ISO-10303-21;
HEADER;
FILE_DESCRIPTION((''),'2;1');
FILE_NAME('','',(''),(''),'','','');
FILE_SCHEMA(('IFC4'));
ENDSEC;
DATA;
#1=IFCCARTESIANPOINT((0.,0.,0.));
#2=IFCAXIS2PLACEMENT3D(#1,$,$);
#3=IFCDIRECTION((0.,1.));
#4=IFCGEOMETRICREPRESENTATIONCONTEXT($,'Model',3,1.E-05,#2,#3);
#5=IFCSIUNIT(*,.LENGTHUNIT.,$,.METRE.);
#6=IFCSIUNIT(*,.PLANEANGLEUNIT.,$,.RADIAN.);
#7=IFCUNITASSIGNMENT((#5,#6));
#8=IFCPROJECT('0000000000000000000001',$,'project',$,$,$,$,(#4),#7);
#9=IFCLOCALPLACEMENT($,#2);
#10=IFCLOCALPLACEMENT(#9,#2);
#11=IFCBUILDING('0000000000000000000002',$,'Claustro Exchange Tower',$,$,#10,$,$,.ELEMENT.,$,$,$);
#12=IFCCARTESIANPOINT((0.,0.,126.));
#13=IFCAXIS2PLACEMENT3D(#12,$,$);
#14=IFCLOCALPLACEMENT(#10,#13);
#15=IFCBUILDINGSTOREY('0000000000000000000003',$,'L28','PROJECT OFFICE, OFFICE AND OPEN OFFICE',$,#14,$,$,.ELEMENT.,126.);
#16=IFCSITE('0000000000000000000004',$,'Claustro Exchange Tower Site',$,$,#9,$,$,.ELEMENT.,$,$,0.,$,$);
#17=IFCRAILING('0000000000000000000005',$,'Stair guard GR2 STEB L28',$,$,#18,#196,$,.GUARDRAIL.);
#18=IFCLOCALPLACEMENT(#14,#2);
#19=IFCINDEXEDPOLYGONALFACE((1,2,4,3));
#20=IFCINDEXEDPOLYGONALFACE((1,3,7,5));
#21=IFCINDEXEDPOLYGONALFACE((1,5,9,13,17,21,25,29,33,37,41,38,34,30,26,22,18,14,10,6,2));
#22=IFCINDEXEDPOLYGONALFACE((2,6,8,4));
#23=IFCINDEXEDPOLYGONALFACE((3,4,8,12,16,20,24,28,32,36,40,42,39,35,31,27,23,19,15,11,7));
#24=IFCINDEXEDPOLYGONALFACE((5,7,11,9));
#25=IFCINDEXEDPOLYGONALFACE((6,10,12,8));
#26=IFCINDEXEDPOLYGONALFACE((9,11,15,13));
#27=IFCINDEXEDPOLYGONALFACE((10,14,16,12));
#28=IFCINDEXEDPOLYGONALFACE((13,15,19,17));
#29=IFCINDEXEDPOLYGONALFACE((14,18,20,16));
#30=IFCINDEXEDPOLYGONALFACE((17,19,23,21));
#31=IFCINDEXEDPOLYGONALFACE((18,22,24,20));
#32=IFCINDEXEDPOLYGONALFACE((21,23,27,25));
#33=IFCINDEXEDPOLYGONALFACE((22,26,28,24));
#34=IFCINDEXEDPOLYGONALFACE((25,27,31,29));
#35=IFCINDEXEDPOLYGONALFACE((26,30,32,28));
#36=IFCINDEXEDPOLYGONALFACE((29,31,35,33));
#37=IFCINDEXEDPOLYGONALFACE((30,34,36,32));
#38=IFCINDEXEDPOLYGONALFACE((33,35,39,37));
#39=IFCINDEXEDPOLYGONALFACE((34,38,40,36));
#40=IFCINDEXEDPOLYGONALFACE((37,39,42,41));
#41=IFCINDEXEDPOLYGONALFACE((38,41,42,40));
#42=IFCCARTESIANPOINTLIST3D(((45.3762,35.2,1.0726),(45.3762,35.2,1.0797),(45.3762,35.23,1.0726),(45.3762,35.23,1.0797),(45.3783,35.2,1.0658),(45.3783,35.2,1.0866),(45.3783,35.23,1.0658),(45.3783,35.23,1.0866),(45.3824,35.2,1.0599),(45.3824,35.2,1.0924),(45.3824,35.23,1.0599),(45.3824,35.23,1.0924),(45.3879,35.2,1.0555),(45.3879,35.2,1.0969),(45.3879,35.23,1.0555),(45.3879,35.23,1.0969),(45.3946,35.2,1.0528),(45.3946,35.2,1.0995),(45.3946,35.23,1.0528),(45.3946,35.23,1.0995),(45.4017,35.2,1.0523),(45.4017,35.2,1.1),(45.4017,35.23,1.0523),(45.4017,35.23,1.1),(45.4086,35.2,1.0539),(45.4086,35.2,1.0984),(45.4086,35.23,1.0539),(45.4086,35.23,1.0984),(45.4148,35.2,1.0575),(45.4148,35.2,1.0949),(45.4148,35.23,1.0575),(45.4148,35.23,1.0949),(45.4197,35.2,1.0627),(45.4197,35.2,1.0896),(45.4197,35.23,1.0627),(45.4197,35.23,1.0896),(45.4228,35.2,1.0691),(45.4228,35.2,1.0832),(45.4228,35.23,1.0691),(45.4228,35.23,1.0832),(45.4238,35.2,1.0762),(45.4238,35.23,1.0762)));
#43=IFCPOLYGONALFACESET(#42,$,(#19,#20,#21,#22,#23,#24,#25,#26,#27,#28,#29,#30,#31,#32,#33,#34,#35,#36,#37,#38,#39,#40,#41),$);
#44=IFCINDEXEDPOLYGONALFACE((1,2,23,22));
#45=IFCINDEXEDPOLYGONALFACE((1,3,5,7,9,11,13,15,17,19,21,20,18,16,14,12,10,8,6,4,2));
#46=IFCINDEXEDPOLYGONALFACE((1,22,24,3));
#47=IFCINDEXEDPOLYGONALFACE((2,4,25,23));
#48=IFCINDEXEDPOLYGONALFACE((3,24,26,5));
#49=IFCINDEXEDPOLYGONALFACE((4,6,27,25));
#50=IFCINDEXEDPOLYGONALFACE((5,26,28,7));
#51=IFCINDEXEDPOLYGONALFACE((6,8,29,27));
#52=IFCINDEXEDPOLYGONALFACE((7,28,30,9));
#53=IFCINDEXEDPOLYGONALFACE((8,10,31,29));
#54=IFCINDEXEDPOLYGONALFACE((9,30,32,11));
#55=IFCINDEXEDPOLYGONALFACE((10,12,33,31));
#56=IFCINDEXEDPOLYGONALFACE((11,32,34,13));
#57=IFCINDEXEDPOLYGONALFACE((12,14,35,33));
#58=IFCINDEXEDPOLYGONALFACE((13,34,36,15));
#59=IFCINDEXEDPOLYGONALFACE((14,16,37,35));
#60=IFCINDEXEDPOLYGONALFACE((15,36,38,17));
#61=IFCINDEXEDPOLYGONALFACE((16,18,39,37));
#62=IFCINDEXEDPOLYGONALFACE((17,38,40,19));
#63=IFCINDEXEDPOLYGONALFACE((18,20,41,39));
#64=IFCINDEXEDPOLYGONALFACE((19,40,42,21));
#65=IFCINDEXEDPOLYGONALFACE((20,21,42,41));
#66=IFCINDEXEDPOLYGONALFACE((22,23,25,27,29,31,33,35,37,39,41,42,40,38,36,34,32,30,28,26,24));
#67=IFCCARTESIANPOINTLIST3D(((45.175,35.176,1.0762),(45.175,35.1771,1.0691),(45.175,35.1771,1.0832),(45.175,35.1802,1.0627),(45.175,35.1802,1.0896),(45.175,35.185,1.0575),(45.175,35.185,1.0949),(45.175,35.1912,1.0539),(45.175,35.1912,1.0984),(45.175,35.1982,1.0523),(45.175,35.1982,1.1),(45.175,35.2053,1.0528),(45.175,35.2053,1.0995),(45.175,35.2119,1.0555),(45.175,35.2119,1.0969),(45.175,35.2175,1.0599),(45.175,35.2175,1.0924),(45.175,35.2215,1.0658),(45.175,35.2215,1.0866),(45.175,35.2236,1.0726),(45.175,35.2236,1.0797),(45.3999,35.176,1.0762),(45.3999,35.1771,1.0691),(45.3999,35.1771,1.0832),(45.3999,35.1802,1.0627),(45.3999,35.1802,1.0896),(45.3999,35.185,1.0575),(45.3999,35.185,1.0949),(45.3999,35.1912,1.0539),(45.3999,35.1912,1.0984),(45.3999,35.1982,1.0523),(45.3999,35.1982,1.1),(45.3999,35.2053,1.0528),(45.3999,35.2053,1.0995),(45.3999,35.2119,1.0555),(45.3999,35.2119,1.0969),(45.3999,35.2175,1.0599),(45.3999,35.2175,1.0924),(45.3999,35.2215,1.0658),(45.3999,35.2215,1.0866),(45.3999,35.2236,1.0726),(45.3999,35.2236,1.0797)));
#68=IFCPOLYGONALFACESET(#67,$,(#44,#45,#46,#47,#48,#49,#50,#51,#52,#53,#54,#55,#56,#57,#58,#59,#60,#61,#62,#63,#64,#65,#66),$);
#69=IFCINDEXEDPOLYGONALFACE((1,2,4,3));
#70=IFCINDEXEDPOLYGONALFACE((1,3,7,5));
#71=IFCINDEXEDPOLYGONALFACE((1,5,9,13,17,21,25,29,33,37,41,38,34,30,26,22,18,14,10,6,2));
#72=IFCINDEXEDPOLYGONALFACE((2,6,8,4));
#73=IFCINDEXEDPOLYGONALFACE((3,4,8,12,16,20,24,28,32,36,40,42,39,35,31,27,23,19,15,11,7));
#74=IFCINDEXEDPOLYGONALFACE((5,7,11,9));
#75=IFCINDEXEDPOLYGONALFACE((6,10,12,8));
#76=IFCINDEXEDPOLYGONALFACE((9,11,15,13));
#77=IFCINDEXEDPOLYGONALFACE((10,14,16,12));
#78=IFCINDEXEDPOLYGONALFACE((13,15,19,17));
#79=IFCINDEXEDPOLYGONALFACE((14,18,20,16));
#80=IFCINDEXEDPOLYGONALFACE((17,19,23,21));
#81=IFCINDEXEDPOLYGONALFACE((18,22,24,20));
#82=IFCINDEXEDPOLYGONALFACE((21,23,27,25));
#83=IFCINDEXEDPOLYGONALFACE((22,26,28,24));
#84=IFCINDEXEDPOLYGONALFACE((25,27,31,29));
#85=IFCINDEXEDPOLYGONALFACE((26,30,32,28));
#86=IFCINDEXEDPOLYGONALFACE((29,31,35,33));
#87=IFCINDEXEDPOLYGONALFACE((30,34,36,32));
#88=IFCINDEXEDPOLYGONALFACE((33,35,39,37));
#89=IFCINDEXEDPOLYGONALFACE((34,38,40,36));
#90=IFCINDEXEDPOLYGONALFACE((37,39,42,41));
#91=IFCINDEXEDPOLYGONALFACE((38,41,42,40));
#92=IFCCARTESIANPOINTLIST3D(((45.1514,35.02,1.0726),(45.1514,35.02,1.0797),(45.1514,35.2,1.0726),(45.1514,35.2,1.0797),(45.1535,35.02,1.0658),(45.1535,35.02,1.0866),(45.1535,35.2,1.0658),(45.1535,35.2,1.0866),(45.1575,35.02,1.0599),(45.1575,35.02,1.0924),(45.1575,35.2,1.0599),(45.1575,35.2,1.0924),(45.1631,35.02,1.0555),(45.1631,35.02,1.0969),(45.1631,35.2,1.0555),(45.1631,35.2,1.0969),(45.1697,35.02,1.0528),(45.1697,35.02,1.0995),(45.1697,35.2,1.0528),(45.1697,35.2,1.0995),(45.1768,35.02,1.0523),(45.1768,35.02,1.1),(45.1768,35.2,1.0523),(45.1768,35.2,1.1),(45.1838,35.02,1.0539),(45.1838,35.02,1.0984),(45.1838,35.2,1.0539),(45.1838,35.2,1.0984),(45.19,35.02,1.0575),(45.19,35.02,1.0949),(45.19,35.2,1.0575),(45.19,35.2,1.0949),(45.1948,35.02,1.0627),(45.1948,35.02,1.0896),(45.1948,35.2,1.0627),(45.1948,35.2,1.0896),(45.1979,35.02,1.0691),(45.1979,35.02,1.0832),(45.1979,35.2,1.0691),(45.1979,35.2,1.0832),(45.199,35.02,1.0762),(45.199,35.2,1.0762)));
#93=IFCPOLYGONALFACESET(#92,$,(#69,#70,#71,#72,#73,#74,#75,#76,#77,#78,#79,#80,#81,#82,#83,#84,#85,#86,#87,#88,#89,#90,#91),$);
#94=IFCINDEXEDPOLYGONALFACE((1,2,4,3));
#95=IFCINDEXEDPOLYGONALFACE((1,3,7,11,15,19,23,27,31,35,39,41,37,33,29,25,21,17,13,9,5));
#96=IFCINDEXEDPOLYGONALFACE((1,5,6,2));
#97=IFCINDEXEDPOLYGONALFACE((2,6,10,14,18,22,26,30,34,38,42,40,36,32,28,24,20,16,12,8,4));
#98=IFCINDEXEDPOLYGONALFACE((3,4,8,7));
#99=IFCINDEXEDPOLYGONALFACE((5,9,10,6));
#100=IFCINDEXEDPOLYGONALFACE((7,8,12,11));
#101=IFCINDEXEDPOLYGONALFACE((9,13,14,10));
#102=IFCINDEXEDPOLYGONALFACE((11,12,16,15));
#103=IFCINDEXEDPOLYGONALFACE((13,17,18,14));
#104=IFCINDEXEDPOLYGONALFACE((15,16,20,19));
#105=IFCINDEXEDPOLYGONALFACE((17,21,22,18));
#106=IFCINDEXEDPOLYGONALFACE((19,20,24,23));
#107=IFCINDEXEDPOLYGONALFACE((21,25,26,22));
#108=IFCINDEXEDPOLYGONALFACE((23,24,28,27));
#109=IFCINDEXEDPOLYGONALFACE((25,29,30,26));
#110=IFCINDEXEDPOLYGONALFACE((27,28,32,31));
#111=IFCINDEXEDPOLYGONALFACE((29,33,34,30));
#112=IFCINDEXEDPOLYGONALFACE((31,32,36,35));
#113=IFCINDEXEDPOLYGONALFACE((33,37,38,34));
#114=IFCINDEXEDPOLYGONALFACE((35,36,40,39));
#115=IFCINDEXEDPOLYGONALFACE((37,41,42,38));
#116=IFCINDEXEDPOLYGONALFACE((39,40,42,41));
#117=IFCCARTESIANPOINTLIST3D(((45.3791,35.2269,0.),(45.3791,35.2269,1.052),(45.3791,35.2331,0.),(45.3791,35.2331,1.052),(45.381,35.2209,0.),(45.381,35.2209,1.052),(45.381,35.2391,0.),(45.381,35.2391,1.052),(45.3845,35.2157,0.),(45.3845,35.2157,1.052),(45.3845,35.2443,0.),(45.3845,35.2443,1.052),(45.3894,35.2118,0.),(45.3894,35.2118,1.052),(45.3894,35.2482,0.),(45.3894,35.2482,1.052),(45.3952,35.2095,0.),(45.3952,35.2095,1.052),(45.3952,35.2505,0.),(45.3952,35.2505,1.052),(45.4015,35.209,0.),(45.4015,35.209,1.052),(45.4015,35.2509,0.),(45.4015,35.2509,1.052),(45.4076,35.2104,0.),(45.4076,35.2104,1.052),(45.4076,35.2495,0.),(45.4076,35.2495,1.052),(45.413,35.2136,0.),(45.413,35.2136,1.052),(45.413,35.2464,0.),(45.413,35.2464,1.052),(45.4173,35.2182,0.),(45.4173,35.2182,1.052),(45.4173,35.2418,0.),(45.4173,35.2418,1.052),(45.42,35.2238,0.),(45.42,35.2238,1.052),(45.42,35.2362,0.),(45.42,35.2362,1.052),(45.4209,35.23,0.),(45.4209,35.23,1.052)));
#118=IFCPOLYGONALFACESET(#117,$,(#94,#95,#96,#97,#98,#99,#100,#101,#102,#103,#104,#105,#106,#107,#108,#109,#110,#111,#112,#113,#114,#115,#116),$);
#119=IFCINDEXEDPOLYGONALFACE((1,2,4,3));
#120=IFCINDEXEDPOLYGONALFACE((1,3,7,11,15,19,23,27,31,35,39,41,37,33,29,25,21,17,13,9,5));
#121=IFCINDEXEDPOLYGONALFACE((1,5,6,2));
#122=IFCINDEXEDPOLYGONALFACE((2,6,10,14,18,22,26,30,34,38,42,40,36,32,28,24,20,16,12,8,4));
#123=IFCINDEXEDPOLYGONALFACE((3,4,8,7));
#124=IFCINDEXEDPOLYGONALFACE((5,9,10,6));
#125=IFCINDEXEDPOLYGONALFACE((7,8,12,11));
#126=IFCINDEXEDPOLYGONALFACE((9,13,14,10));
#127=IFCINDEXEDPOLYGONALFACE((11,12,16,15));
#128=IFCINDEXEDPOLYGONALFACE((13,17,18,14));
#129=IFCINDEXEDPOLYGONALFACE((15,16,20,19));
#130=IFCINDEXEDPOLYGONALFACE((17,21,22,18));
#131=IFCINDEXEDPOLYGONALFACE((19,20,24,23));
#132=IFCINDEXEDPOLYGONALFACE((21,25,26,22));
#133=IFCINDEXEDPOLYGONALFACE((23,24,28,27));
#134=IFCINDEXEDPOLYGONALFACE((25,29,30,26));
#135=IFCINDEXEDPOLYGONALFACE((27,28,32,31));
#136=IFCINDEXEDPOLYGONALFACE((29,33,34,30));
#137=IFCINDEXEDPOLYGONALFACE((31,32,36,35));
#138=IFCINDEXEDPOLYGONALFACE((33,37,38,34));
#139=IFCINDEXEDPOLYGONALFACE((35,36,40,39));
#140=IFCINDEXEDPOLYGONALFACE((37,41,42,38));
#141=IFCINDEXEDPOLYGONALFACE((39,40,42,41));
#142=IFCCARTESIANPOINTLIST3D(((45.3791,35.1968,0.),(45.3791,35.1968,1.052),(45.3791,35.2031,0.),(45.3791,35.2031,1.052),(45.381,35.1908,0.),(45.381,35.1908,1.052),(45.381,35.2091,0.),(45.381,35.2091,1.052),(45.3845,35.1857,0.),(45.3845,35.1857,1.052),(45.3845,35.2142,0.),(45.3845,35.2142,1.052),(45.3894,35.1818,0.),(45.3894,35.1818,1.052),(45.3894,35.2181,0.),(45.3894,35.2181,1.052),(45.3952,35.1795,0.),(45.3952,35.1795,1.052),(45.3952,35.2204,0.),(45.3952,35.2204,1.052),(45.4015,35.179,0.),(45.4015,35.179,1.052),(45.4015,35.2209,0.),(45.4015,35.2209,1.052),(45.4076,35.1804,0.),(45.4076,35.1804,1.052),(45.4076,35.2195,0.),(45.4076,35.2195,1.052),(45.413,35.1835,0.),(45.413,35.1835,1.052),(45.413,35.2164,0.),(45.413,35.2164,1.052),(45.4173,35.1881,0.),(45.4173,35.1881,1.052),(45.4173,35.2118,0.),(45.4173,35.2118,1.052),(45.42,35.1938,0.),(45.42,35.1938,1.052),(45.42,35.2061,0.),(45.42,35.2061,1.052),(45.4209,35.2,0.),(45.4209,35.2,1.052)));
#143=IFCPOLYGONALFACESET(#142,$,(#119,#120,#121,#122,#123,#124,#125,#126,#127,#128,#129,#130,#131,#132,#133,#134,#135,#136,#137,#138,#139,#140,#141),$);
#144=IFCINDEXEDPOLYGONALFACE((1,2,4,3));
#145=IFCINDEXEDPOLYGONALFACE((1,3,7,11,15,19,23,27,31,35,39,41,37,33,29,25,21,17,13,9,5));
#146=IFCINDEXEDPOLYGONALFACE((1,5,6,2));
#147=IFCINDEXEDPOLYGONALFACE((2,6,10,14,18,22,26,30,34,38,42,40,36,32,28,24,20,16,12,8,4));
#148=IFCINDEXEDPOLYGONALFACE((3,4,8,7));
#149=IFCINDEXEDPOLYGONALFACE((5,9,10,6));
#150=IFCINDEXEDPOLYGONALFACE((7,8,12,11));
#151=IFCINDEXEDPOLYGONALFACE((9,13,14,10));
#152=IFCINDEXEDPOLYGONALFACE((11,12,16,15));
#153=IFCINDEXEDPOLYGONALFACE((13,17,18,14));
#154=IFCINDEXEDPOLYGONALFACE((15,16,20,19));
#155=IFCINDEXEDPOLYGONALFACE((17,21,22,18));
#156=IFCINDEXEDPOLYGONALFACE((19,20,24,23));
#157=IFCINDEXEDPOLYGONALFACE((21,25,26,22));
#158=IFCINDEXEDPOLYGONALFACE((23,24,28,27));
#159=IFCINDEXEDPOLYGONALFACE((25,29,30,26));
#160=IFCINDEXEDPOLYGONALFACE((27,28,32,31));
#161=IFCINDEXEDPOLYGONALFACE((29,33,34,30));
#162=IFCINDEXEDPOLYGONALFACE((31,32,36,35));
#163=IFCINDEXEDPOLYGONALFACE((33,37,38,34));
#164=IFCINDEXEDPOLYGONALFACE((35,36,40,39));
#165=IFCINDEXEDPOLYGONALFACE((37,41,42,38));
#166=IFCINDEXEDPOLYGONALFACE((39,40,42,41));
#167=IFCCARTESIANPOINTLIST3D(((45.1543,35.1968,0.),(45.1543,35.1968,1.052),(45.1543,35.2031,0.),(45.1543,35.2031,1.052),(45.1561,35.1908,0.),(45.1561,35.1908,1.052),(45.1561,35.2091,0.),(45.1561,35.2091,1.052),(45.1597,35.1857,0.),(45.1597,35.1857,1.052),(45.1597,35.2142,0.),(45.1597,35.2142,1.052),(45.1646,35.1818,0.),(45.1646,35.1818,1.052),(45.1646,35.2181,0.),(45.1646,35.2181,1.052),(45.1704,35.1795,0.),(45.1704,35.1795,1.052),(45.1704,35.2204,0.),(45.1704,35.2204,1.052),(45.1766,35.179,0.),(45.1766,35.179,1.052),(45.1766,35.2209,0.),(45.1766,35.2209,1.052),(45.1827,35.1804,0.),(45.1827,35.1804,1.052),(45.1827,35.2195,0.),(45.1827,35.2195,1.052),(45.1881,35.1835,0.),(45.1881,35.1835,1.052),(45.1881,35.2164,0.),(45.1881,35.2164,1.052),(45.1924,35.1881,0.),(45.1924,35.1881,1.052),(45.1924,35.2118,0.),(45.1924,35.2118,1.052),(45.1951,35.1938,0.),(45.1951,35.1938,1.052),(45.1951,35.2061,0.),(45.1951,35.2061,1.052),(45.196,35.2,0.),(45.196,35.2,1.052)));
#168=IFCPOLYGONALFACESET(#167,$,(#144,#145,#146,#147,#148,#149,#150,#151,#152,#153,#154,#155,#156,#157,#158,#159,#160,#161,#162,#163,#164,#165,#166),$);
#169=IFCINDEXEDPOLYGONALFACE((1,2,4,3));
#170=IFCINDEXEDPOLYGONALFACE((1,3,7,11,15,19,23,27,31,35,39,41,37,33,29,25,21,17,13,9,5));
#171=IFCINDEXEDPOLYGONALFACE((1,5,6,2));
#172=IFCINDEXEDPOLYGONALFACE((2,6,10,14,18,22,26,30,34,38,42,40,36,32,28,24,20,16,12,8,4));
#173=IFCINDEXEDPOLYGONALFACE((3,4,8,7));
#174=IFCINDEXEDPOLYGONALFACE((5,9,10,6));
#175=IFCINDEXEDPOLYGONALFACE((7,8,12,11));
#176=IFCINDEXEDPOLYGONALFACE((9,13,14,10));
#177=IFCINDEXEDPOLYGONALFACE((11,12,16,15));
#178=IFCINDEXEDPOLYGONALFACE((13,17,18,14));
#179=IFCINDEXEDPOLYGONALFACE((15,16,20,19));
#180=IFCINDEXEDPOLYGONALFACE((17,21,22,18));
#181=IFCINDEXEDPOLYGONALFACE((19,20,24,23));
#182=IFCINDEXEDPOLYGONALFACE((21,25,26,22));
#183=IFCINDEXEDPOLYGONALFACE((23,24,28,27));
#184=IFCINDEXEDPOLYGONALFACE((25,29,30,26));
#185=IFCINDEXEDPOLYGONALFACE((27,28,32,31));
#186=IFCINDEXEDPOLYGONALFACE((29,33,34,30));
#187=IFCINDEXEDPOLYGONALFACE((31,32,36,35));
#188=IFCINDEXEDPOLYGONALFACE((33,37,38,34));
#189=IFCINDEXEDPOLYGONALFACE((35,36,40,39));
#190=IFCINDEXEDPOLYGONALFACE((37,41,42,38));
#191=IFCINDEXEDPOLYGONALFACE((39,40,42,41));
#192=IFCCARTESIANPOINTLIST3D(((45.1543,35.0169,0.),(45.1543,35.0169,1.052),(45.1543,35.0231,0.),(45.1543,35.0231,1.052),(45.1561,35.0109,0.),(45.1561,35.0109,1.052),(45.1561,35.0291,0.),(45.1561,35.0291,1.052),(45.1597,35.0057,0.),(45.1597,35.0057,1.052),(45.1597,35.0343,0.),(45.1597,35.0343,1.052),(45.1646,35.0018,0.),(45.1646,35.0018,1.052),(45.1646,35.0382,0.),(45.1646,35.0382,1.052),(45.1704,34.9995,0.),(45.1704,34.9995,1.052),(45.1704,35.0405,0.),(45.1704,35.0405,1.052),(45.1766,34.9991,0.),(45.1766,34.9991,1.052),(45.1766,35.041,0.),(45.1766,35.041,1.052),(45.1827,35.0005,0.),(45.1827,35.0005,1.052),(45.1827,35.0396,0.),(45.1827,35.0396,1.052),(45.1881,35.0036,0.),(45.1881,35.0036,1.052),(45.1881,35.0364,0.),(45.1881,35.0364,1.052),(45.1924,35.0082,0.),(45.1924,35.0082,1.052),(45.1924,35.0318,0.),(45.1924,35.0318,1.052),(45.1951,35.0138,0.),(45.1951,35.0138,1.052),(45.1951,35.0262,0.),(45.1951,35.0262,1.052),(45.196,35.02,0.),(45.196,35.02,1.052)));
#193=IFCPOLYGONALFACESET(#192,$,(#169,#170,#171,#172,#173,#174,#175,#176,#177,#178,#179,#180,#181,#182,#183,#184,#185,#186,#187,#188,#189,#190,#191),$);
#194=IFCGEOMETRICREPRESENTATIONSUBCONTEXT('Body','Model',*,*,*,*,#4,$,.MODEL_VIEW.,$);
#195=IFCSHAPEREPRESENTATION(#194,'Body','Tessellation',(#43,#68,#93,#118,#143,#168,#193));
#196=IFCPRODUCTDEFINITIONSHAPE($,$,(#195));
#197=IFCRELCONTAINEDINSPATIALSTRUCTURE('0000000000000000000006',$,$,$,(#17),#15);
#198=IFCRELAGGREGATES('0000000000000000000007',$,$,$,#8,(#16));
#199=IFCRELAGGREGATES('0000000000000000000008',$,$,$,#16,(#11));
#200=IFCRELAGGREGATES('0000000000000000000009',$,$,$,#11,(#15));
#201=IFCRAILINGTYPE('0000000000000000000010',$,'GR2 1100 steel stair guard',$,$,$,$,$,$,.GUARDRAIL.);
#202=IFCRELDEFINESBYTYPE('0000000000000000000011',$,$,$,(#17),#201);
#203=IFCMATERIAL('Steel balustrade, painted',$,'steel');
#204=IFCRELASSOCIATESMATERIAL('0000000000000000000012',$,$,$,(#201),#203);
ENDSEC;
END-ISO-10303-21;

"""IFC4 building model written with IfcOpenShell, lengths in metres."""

from ifc_helpers import new_model, si_unit, direction, frame, origin, origin_2d, place, context, subcontext, project, spatial, circle, extrude, material, type_object, element, save


model = new_model("IFC4")

# Units and contexts
model_context = context("Model", 3, precision=1e-05, world=origin(), true_north=direction((0.0, 1.0)))
body_context = subcontext(model_context, "Body", "Model", "MODEL_VIEW")
ifc_project = project(units=[si_unit("LENGTHUNIT", "METRE"), si_unit("PLANEANGLEUNIT", "RADIAN")], contexts=[model_context])

# Site, building, storey
site_placement = place(None, origin())
site = spatial("IfcSite", under=ifc_project, at=site_placement, Name="Claustro Exchange Tower Site", CompositionType="ELEMENT", RefElevation=0.0)
building_placement = place(site_placement, origin())
building = spatial("IfcBuilding", under=site, at=building_placement, Name="Claustro Exchange Tower", CompositionType="ELEMENT")
storey_placement = place(building_placement, frame((0.0, 0.0, 126.0)))
storey = spatial("IfcBuildingStorey", under=building, at=storey_placement, Name="L28", Description="PROJECT OFFICE, OFFICE AND OPEN OFFICE", CompositionType="ELEMENT", Elevation=126.0)

# Railing
ifc_material_1 = material(Name="Steel balustrade, painted", Category="steel")
railing_type_1 = type_object("IfcRailingType", Name="GR2 1100 steel stair guard", PredefinedType="GUARDRAIL", material=ifc_material_1)
railing_1_placement = place(storey_placement, frame((45.3999, 35.23, 0.0)))
element("IfcRailing", 1, at=railing_1_placement, inside=storey, type_object=railing_type_1, Name="Stair guard GR2 STEB L28", PredefinedType="GUARDRAIL", context=body_context, shape_type="SweptSolid", body=[
    extrude(circle(Radius=0.0239, at=origin_2d()), frame((0.0, 0.0, 1.0762), z_axis=(0.0, -1.0, 0.0), x_axis=(1.0, 0.0, 0.0)), (0.0, 0.0, 1.0), 0.03),
    extrude(circle(Radius=0.0239, at=origin_2d()), frame((0.0, -0.03, 1.0762), z_axis=(-1.0, 0.0, 0.0), x_axis=(0.0, -1.0, 0.0)), (0.0, 0.0, 1.0), 0.2249),
    extrude(circle(Radius=0.0239, at=origin_2d()), frame((-0.2249, -0.03, 1.0762), z_axis=(0.0, -1.0, 0.0), x_axis=(1.0, 0.0, 0.0)), (0.0, 0.0, 1.0), 0.1799),
    extrude(circle(Radius=0.021, at=origin_2d()), origin(), (0.0, 0.0, 1.0), 1.052),
    extrude(circle(Radius=0.021, at=origin_2d()), frame((0.0, -0.03, 0.0)), (0.0, 0.0, 1.0), 1.052),
    extrude(circle(Radius=0.021, at=origin_2d()), frame((-0.2249, -0.03, 0.0)), (0.0, 0.0, 1.0), 1.052),
    extrude(circle(Radius=0.021, at=origin_2d()), frame((-0.2249, -0.21, 0.0)), (0.0, 0.0, 1.0), 1.052),
])

save(model, "model.ifc")
